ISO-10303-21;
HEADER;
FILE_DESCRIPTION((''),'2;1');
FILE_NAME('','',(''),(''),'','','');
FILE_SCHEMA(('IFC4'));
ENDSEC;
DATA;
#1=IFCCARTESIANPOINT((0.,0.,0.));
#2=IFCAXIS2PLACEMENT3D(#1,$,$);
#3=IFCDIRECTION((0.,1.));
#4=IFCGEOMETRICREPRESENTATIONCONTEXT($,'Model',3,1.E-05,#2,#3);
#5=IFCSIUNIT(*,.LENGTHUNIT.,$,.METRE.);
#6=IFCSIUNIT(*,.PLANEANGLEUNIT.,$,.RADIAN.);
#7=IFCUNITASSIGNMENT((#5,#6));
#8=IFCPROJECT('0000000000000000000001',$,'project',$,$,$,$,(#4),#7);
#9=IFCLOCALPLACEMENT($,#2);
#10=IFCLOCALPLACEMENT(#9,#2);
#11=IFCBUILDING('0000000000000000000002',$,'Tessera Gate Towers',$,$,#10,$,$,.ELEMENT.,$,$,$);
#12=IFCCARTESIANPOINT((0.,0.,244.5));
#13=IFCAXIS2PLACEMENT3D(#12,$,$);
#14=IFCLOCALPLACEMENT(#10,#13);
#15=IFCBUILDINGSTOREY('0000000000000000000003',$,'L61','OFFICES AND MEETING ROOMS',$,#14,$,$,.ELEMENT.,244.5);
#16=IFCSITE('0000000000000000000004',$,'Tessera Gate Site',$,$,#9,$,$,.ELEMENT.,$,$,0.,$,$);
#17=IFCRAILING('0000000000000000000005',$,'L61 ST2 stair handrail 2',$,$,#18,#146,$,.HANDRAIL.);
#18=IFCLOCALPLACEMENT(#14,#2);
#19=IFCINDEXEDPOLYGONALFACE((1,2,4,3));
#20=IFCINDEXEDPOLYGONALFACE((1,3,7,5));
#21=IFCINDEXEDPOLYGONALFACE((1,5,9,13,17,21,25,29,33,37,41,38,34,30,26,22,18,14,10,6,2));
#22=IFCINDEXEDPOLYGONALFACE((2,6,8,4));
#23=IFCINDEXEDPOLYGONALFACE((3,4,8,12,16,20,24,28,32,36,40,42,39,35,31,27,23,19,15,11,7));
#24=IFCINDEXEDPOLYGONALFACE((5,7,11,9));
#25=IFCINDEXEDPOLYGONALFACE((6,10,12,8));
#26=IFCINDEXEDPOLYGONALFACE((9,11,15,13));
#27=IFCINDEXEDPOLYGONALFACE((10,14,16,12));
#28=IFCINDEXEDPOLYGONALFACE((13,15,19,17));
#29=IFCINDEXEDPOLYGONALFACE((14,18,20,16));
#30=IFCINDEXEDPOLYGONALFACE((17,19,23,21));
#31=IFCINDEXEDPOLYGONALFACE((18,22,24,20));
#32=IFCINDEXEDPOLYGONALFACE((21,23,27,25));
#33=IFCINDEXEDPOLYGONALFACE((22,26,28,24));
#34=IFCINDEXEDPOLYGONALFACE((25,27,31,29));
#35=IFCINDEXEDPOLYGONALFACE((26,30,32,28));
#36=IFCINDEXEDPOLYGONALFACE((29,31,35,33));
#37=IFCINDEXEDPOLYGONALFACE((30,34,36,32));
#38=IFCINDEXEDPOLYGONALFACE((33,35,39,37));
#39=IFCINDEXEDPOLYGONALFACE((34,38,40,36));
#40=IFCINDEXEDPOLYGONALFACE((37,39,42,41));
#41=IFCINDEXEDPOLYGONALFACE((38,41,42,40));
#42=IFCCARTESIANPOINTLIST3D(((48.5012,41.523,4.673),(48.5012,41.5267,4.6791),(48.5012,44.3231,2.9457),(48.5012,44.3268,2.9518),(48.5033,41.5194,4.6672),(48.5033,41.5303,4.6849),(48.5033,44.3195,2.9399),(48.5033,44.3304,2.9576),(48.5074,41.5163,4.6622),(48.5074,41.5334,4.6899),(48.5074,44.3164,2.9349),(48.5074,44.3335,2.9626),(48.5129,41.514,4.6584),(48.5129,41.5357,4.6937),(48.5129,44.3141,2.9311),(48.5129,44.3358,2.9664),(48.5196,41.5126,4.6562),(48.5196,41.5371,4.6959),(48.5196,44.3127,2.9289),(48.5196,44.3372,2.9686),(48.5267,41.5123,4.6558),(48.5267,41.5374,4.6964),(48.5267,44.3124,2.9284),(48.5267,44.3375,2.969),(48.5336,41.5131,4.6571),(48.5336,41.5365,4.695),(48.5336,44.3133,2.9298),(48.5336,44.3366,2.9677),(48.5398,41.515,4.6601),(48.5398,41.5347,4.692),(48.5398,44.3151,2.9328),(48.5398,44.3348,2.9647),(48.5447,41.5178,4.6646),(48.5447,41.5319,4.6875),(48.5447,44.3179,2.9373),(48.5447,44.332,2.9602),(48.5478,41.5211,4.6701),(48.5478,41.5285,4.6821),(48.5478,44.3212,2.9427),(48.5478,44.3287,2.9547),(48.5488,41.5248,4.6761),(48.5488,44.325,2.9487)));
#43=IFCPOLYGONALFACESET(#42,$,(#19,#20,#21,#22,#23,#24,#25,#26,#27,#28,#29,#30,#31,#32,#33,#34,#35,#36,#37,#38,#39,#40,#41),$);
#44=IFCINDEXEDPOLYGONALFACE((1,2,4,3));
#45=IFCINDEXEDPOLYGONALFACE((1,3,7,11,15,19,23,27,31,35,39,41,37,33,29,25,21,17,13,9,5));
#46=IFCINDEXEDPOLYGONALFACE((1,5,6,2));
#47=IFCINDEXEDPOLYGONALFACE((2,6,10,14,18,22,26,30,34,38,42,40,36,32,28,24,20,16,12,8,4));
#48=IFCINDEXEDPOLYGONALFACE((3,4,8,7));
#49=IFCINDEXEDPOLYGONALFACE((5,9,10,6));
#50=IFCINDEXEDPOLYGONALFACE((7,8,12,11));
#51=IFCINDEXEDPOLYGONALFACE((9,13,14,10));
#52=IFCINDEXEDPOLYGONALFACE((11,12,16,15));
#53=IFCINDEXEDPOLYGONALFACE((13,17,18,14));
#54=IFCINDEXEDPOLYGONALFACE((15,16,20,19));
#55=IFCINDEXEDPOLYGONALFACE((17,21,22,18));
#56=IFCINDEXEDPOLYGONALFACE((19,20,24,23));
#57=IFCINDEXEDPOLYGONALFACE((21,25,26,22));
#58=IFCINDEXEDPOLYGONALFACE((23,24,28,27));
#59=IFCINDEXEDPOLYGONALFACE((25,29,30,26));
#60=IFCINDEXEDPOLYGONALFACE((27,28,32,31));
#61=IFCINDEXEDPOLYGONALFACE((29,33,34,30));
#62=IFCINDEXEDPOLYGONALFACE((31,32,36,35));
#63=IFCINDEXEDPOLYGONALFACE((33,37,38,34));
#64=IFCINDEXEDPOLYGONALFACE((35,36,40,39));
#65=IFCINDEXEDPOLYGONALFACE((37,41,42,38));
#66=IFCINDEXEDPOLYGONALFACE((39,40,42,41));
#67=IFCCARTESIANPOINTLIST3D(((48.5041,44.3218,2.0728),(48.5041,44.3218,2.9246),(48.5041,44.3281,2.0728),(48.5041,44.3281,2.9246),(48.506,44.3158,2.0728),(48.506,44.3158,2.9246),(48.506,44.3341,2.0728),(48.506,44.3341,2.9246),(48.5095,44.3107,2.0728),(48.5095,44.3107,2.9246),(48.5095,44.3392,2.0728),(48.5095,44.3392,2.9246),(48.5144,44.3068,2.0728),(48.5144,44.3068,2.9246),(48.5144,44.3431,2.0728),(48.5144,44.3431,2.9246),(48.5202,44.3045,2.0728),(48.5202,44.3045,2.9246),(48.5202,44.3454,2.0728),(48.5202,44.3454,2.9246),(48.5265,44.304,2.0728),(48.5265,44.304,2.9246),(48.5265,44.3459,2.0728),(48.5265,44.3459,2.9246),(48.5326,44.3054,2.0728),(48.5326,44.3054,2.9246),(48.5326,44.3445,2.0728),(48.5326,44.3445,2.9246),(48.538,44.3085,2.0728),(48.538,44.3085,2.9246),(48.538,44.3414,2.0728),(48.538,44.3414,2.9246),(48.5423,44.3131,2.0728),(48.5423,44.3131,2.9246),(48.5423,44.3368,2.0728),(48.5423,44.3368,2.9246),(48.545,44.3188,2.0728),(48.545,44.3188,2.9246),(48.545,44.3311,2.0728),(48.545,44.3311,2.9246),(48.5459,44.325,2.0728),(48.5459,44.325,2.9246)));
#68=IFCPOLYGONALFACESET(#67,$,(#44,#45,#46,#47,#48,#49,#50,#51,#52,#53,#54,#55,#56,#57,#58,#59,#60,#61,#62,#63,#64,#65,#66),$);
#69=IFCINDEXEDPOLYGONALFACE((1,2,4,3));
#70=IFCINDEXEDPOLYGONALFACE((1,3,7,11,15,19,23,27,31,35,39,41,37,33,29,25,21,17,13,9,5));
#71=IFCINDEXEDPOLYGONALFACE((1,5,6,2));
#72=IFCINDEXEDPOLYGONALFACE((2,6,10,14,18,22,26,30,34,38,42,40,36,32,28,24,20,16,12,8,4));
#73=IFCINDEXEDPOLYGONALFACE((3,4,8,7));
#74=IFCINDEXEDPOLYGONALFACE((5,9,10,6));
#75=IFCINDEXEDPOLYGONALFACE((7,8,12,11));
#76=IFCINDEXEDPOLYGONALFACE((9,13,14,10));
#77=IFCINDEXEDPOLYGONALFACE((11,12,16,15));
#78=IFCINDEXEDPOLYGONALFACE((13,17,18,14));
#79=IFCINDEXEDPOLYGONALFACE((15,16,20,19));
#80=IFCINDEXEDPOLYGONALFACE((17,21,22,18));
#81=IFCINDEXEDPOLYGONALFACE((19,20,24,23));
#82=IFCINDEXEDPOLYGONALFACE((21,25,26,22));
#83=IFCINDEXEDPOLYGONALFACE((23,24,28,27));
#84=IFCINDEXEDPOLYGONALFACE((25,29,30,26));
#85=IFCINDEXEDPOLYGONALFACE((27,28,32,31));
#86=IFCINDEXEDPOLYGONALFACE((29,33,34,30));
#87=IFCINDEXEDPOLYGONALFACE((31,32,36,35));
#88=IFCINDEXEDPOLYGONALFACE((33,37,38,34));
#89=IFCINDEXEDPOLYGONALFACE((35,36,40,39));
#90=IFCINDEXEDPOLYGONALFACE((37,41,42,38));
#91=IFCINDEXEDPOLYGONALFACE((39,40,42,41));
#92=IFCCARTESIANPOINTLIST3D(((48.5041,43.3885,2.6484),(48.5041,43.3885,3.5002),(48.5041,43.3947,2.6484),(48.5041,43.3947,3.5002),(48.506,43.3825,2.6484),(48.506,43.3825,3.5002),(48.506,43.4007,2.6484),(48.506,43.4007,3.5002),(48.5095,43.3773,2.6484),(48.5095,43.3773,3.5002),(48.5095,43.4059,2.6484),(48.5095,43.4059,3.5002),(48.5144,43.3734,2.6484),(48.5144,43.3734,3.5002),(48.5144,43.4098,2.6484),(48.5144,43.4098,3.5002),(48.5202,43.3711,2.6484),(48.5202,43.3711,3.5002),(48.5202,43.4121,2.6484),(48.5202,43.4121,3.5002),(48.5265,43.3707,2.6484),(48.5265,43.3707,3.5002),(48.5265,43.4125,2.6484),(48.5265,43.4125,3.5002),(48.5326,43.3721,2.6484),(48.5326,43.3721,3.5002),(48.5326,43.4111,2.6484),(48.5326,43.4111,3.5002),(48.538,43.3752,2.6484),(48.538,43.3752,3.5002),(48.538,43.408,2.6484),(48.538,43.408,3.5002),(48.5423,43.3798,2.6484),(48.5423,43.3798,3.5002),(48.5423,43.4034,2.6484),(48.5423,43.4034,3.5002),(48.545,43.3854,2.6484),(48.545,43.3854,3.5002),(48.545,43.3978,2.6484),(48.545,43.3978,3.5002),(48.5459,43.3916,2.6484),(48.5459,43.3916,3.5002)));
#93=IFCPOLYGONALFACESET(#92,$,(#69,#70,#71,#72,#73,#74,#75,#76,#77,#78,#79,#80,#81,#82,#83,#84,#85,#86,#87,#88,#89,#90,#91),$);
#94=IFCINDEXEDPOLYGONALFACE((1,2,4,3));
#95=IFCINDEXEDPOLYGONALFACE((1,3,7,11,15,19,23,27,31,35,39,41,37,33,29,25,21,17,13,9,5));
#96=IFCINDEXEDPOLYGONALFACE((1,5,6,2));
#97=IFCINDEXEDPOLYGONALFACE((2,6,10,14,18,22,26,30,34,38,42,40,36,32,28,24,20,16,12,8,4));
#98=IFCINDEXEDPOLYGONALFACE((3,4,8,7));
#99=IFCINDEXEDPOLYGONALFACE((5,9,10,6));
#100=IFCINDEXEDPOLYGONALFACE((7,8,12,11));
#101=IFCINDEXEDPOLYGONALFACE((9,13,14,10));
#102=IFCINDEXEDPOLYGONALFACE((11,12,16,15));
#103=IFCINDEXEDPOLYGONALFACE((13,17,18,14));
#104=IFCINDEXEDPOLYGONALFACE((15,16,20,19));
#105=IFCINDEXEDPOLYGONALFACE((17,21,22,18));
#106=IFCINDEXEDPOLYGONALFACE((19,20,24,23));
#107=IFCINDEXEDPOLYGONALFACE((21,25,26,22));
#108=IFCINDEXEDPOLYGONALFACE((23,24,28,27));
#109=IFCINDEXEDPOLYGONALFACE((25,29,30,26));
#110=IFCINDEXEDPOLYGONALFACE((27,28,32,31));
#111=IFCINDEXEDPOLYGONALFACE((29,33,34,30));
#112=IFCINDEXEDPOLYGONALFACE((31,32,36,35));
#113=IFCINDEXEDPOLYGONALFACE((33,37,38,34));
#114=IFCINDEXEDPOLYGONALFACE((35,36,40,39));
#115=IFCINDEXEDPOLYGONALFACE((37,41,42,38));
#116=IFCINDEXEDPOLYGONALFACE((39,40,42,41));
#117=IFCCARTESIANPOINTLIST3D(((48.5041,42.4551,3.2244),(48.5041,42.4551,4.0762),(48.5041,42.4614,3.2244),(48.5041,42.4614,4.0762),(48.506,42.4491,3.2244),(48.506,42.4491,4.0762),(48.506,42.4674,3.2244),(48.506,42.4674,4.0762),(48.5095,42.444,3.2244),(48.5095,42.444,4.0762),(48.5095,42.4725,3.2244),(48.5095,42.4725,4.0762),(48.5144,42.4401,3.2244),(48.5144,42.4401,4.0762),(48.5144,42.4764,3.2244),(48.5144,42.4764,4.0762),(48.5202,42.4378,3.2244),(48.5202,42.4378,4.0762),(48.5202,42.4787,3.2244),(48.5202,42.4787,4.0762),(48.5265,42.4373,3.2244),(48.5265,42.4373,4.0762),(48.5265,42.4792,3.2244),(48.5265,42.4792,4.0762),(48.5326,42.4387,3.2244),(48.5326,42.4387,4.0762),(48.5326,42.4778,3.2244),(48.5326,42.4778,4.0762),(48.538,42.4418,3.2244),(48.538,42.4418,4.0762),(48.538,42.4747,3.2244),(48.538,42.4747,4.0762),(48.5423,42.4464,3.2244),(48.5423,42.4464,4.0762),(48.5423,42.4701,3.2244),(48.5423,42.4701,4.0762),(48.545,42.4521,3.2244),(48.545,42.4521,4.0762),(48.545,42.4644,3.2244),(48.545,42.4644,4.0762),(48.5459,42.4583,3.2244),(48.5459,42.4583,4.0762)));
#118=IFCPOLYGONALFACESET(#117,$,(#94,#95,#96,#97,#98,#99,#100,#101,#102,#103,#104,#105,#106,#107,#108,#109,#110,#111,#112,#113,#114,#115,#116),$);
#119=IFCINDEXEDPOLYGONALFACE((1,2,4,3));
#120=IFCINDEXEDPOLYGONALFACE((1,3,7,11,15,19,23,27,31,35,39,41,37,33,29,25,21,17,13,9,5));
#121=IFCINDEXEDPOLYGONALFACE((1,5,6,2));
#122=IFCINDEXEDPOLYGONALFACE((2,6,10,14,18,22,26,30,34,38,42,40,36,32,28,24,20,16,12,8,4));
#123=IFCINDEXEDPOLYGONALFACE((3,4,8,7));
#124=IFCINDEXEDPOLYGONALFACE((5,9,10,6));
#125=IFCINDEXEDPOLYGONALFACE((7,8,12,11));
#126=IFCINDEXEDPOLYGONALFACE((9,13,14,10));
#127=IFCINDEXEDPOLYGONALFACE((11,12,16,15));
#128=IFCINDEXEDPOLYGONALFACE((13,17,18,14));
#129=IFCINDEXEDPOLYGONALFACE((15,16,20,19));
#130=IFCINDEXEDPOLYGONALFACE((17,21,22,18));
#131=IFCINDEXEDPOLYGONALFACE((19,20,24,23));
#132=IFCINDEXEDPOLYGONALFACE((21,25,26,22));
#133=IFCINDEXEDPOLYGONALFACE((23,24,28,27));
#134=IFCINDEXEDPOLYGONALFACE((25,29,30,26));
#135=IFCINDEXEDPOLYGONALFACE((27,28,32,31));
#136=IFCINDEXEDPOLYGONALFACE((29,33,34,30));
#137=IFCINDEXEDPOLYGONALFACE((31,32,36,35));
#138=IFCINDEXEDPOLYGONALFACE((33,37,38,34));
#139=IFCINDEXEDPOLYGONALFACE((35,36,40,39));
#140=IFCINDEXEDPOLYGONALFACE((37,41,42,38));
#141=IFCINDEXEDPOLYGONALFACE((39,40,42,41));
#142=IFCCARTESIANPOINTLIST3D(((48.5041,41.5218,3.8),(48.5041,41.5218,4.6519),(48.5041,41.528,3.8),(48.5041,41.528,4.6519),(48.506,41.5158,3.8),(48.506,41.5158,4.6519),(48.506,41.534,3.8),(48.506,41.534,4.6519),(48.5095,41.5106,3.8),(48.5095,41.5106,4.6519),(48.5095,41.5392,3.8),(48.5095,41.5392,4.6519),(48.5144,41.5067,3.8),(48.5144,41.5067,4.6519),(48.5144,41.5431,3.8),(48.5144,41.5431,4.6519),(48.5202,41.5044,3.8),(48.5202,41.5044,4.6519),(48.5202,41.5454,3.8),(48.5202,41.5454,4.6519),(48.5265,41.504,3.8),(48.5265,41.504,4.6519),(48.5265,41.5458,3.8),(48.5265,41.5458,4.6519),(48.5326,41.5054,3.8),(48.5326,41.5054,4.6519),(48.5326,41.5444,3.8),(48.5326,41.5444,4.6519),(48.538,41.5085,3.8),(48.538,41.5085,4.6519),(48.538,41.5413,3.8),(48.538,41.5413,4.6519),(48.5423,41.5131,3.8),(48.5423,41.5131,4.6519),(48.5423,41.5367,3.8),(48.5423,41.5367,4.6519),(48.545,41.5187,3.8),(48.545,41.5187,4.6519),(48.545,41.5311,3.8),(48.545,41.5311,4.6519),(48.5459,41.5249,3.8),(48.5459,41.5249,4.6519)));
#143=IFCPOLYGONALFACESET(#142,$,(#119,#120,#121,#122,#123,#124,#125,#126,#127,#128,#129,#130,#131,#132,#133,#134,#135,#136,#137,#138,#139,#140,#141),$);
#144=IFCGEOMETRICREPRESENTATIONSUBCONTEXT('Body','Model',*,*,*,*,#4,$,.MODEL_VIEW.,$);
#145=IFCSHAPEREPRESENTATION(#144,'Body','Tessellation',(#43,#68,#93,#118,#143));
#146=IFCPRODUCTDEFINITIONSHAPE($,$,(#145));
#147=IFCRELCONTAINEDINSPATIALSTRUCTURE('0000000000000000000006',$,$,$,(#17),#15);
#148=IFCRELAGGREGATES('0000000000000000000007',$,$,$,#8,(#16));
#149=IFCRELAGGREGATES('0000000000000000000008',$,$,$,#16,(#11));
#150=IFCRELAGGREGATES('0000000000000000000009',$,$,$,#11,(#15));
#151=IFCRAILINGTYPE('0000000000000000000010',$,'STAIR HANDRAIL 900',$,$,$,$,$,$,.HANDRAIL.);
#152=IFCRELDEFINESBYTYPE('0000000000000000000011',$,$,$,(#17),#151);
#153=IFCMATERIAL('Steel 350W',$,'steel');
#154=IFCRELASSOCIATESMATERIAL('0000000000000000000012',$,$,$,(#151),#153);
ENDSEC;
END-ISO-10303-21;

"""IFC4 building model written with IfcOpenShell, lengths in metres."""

from ifc_helpers import new_model, si_unit, direction, frame, origin, origin_2d, place, context, subcontext, project, spatial, circle, extrude, material, type_object, element, save


model = new_model("IFC4")

# Units and contexts
model_context = context("Model", 3, precision=1e-05, world=origin(), true_north=direction((0.0, 1.0)))
body_context = subcontext(model_context, "Body", "Model", "MODEL_VIEW")
ifc_project = project(units=[si_unit("LENGTHUNIT", "METRE"), si_unit("PLANEANGLEUNIT", "RADIAN")], contexts=[model_context])

# Site, building, storey
site_placement = place(None, origin())
site = spatial("IfcSite", under=ifc_project, at=site_placement, Name="Tessera Gate Site", CompositionType="ELEMENT", RefElevation=0.0)
building_placement = place(site_placement, origin())
building = spatial("IfcBuilding", under=site, at=building_placement, Name="Tessera Gate Towers", CompositionType="ELEMENT")
storey_placement = place(building_placement, frame((0.0, 0.0, 244.5)))
storey = spatial("IfcBuildingStorey", under=building, at=storey_placement, Name="L61", Description="OFFICES AND MEETING ROOMS", CompositionType="ELEMENT", Elevation=244.5)

# Railing
ifc_material_1 = material(Name="Steel 350W", Category="steel")
railing_type_1 = type_object("IfcRailingType", Name="STAIR HANDRAIL 900", PredefinedType="HANDRAIL", material=ifc_material_1)
railing_1_placement = place(storey_placement, frame((48.5249, 44.325, 2.0728)))
element("IfcRailing", 1, at=railing_1_placement, inside=storey, type_object=railing_type_1, Name="L61 ST2 stair handrail 2", PredefinedType="HANDRAIL", context=body_context, shape_type="SweptSolid", body=[
    extrude(circle(Radius=0.0239, at=origin_2d()), frame((0.0, 0.0, 0.876), z_axis=(0.0, -0.85109, 0.52502), x_axis=(1.0, 0.0, 0.0)), (0.0, 0.0, 1.0), 3.29),
    extrude(circle(Radius=0.021, at=origin_2d()), origin(), (0.0, 0.0, 1.0), 0.8518),
    extrude(circle(Radius=0.021, at=origin_2d()), frame((0.0, -0.9333, 0.5757)), (0.0, 0.0, 1.0), 0.8518),
    extrude(circle(Radius=0.021, at=origin_2d()), frame((0.0, -1.8667, 1.1516)), (0.0, 0.0, 1.0), 0.8518),
    extrude(circle(Radius=0.021, at=origin_2d()), frame((0.0, -2.8, 1.7273)), (0.0, 0.0, 1.0), 0.8518),
])

save(model, "model.ifc")
